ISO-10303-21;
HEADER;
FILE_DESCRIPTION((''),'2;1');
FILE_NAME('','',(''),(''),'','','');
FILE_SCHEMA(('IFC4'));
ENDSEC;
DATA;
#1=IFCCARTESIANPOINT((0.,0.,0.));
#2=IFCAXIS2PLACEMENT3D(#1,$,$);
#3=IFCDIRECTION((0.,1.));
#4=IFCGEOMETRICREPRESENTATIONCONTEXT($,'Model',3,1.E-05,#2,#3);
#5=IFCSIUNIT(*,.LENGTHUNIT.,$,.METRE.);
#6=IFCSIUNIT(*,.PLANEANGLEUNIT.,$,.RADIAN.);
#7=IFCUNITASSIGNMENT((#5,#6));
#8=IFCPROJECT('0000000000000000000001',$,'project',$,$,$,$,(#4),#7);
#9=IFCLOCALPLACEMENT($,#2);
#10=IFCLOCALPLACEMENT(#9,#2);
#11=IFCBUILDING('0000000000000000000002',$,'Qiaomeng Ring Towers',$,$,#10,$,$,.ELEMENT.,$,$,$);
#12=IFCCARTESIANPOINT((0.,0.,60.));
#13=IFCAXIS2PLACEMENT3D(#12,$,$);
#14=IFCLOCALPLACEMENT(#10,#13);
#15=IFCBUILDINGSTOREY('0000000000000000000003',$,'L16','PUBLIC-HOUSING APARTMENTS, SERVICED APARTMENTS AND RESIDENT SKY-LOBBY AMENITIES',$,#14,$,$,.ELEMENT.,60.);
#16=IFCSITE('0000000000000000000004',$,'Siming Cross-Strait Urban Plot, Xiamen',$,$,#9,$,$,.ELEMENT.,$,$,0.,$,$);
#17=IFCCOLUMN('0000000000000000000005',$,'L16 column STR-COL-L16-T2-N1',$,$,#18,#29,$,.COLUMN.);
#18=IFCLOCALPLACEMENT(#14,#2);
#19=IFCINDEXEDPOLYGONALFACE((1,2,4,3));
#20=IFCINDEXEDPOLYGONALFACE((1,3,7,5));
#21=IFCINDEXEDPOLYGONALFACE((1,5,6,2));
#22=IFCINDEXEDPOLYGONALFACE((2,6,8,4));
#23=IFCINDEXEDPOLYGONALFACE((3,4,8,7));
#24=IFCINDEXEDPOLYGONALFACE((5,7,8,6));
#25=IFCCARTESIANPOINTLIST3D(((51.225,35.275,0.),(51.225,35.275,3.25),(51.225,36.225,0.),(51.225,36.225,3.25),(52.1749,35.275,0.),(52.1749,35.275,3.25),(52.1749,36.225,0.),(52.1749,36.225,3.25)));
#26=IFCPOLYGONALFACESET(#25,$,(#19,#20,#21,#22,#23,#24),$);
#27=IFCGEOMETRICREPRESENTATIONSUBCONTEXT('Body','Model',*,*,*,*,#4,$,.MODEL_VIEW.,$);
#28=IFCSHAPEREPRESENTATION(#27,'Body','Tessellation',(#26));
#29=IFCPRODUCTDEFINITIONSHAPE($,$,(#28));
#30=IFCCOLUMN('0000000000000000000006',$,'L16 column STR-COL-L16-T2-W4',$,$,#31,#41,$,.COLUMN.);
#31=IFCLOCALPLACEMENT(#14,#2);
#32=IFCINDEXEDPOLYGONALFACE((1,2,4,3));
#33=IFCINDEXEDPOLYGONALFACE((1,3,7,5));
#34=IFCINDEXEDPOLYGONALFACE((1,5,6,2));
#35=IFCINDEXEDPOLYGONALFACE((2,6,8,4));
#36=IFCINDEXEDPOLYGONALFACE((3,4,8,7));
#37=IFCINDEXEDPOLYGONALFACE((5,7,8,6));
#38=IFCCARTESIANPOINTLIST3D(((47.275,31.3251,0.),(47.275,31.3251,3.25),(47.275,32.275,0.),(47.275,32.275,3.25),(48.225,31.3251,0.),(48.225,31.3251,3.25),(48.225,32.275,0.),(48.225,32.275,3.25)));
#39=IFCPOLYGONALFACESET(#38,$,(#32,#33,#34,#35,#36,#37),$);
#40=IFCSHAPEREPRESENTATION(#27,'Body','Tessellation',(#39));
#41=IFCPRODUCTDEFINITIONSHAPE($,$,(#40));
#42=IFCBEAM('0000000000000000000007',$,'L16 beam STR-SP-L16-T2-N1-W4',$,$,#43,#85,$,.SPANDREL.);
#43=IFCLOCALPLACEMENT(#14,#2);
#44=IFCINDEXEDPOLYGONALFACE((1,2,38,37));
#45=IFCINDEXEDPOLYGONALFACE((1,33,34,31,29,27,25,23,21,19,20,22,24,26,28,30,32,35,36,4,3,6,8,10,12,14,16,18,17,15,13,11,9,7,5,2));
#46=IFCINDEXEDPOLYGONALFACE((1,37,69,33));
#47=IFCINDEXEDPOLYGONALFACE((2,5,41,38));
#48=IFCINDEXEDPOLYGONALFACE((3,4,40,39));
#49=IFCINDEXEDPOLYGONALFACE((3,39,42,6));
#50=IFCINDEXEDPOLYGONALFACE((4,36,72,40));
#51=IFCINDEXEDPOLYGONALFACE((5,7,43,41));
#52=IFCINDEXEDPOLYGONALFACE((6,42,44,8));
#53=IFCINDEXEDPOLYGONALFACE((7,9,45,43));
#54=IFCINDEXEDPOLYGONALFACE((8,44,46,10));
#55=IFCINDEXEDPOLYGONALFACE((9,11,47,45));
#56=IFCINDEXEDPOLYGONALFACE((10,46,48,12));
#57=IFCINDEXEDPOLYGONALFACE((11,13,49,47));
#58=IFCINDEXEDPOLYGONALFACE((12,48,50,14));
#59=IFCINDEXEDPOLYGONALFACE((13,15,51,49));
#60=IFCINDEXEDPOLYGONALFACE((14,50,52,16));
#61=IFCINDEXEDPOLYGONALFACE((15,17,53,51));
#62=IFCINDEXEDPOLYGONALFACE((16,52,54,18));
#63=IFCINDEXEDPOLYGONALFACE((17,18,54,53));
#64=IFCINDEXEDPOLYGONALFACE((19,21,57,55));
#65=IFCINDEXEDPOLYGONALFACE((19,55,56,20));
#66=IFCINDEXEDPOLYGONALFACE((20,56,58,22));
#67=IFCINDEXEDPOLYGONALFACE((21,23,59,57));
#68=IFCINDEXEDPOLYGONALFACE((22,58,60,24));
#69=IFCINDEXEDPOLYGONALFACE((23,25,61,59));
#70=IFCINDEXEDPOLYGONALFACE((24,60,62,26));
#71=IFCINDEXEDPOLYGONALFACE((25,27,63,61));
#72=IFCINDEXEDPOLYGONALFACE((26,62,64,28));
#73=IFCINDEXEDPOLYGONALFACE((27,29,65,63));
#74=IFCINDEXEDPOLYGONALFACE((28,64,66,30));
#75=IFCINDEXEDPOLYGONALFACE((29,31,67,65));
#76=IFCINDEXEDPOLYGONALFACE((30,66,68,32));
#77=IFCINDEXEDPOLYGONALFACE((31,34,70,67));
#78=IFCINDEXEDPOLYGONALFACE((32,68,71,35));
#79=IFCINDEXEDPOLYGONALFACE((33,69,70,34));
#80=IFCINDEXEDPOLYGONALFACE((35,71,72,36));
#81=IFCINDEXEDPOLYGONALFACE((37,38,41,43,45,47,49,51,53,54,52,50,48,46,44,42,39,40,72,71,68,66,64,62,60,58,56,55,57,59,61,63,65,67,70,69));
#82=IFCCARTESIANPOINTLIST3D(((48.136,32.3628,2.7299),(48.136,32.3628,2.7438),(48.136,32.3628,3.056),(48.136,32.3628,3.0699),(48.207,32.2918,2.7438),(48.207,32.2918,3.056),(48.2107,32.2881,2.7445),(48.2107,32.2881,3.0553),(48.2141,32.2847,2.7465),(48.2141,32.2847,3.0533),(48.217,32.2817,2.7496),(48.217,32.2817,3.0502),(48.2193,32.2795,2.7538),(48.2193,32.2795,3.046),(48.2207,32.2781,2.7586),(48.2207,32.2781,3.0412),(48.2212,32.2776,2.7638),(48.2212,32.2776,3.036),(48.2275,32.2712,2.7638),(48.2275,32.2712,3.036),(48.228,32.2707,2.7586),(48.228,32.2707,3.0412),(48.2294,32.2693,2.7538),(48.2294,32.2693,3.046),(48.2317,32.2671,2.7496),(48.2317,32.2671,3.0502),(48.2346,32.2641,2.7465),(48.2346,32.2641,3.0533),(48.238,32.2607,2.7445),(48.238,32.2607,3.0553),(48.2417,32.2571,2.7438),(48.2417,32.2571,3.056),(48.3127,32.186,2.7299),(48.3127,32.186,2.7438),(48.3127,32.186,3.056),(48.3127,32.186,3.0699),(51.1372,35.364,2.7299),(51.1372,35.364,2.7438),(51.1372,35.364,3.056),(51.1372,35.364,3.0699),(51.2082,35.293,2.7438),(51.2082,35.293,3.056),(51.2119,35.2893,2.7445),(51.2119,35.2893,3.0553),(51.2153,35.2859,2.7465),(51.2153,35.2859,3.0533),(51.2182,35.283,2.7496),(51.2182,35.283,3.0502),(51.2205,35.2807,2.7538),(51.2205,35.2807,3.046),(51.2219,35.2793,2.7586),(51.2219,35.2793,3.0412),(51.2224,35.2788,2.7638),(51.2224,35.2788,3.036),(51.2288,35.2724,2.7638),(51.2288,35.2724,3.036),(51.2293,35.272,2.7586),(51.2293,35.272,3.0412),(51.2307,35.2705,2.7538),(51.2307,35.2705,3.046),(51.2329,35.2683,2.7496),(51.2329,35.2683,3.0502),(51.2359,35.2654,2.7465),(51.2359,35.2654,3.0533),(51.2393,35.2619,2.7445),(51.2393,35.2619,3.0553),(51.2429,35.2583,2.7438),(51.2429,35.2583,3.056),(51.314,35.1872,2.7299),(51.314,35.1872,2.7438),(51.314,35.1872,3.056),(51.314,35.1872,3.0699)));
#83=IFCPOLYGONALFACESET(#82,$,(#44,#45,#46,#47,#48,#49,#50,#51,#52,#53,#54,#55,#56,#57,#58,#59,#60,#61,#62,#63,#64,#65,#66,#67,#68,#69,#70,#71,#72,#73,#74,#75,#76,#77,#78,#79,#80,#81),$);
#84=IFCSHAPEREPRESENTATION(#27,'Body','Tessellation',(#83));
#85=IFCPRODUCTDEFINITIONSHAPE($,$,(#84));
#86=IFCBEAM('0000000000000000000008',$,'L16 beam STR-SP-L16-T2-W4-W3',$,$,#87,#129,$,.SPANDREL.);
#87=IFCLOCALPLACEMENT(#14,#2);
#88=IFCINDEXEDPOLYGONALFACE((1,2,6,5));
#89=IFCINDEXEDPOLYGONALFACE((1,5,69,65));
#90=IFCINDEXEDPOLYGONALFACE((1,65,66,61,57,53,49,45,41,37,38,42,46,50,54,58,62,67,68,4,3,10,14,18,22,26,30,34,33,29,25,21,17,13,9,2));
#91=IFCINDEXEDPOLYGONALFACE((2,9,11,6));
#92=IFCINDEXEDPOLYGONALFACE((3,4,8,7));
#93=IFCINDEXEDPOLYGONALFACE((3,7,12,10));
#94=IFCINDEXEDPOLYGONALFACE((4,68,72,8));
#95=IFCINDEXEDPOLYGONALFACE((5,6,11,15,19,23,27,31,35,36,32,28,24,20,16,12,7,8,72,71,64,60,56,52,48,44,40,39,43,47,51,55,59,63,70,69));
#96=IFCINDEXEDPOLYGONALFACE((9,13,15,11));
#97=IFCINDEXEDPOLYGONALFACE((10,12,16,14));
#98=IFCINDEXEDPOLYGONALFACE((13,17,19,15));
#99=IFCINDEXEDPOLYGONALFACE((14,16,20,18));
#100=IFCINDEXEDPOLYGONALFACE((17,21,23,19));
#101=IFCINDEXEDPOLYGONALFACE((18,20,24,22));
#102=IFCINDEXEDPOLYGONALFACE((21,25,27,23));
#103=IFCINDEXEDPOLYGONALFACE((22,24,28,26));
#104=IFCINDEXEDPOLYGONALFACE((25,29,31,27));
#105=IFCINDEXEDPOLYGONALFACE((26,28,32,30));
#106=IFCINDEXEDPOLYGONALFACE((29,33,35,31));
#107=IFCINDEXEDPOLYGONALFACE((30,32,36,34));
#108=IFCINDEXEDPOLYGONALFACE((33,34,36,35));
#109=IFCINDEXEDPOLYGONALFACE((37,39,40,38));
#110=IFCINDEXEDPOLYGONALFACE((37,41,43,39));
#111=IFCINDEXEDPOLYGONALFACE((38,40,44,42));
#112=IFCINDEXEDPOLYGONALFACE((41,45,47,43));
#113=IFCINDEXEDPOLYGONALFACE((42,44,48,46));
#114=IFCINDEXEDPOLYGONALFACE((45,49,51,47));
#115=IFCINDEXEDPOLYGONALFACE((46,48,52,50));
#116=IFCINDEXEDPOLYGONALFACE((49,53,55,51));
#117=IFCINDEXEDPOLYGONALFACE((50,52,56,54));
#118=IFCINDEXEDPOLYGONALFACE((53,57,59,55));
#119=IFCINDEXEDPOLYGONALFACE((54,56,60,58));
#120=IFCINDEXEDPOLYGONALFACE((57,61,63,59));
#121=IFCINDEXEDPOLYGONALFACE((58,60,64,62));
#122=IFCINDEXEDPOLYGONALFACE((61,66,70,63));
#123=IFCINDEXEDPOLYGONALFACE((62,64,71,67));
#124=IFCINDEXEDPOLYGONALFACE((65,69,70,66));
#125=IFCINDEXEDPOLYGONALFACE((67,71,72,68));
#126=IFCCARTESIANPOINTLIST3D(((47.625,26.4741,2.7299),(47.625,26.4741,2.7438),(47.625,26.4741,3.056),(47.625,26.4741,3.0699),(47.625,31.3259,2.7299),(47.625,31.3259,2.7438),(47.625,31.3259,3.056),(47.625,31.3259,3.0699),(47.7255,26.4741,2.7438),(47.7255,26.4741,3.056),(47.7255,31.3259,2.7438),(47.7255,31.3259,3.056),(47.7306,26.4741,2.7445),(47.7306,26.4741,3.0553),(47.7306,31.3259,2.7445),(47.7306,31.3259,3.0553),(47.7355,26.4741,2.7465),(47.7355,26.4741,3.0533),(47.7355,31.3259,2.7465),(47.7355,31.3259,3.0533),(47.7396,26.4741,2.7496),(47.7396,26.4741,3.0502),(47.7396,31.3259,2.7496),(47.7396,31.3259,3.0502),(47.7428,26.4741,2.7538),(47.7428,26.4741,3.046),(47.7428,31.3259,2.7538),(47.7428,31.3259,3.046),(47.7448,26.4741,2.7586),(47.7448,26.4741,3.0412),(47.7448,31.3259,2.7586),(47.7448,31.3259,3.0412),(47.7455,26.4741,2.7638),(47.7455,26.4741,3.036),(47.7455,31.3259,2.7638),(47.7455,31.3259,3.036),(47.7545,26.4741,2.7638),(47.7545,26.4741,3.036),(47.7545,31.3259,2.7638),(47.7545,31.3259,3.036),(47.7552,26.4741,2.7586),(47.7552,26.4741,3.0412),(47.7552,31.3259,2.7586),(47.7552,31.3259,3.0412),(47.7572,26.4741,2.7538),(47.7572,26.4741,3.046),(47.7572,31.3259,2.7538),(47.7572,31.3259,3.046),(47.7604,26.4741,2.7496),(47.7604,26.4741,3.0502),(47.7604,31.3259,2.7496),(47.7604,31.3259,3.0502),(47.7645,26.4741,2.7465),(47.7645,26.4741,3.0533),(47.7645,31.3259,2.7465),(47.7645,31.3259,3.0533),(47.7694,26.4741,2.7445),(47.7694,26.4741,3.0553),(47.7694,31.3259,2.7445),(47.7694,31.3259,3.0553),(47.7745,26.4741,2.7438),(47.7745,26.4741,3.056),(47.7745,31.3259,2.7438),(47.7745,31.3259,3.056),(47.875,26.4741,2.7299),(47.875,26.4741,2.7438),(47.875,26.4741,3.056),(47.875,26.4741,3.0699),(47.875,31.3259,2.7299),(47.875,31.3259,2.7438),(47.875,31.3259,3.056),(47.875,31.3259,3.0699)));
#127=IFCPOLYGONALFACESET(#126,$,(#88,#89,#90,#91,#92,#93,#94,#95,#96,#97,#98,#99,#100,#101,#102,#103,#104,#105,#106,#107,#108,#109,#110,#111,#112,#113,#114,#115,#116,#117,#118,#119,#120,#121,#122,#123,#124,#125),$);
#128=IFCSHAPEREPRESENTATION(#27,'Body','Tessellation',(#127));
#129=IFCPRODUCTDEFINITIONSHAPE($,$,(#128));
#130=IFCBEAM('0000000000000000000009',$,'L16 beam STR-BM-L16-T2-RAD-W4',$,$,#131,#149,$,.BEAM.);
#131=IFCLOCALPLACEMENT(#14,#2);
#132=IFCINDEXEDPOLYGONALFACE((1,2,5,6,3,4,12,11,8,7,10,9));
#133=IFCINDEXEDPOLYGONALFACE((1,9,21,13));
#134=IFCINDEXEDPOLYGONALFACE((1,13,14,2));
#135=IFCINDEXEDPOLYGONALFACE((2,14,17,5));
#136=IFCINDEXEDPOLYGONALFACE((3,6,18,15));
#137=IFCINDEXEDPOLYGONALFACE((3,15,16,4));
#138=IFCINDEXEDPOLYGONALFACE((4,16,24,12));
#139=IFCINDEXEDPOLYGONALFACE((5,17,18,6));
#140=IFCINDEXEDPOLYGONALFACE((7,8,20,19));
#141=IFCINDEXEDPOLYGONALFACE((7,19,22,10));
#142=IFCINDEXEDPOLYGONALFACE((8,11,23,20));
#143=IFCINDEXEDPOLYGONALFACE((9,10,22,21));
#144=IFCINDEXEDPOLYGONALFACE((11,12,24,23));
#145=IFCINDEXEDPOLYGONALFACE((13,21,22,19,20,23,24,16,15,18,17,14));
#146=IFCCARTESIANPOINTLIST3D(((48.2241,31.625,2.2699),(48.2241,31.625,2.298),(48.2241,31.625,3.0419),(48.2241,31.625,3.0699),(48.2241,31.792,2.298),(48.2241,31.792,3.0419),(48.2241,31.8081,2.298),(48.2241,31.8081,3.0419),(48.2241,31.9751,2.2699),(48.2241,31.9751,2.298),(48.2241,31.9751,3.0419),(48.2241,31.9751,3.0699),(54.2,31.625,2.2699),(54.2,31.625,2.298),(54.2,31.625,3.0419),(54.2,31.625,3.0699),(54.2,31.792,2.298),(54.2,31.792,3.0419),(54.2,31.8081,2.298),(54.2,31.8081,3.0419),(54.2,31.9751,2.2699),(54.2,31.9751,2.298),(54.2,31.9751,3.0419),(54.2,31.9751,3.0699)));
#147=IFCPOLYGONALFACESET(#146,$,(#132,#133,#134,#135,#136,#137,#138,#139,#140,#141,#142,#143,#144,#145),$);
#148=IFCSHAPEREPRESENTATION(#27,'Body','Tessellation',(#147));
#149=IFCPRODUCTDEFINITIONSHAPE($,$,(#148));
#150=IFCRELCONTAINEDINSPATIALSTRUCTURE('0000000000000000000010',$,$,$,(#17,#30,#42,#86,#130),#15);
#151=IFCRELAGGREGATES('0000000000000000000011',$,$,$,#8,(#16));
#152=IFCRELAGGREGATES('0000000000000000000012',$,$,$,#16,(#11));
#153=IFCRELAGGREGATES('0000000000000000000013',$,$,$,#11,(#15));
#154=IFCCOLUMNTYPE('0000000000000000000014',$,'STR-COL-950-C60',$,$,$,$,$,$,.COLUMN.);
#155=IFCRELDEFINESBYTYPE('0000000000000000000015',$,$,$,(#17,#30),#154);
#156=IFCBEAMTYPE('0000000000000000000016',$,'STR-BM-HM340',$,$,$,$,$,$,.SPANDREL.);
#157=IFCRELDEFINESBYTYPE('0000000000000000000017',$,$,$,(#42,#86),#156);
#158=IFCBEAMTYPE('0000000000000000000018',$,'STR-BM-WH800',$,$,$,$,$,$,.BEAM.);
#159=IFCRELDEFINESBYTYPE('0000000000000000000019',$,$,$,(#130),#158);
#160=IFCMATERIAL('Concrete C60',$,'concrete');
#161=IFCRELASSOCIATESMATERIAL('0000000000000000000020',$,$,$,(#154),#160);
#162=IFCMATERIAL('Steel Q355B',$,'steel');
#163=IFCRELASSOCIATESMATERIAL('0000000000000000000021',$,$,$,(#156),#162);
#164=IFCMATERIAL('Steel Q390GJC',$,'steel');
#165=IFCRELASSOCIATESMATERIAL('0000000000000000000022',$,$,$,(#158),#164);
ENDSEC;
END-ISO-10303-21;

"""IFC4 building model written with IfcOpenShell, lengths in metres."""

from ifc_helpers import new_model, si_unit, direction, frame, origin, origin_2d, place, context, subcontext, project, spatial, rectangle, i_section, extrude, source, transform, mapped, material, material_profile, profile_set, type_object, element, save


model = new_model("IFC4")

# Units and contexts
model_context = context("Model", 3, precision=1e-05, world=origin(), true_north=direction((0.0, 1.0)))
body_context = subcontext(model_context, "Body", "Model", "MODEL_VIEW")
ifc_project = project(units=[si_unit("LENGTHUNIT", "METRE"), si_unit("PLANEANGLEUNIT", "RADIAN")], contexts=[model_context])

# Site, building, storey
site_placement = place(None, origin())
site = spatial("IfcSite", under=ifc_project, at=site_placement, Name="Siming Cross-Strait Urban Plot, Xiamen", CompositionType="ELEMENT", RefElevation=0.0)
building_placement = place(site_placement, origin())
building = spatial("IfcBuilding", under=site, at=building_placement, Name="Qiaomeng Ring Towers", CompositionType="ELEMENT")
storey_placement = place(building_placement, frame((0.0, 0.0, 60.0)))
storey = spatial("IfcBuildingStorey", under=building, at=storey_placement, Name="L16", Description="PUBLIC-HOUSING APARTMENTS, SERVICED APARTMENTS AND RESIDENT SKY-LOBBY AMENITIES", CompositionType="ELEMENT", Elevation=60.0)

# Columns
ifc_material_1 = material(Name="Concrete C60", Category="concrete")
ifc_material_profile_1 = material_profile(ifc_material_1, rectangle(XDim=0.95, YDim=0.95, at=origin_2d()), Name="RC COL 950x950")
ifc_profile_set_1 = profile_set([ifc_material_profile_1], Name="Concrete C60")
column_type = type_object("IfcColumnType", Name="STR-COL-950-C60", PredefinedType="COLUMN", material=ifc_profile_set_1)
shared_shape_1 = source(origin(), body_context, "Body", "SweptSolid", [
    extrude(rectangle(XDim=0.95, YDim=0.95, at=origin_2d()), origin(), (0.0, 0.0, 1.0), 3.25),
])
for number, where, z_axis, x_axis, name in (
    (1, (51.7, 35.75, 0.0), (0.0, 0.0, 1.0), (1.0, 0.0, 0.0), "L16 column STR-COL-L16-T2-N1"),
    (2, (47.75, 31.8, 0.0), (0.0, 0.0, 1.0), (1.0, 0.0, 0.0), "L16 column STR-COL-L16-T2-W4"),
):
    element("IfcColumn", number, at=place(storey_placement, frame(where, z_axis=z_axis, x_axis=x_axis)), inside=storey, type_object=column_type, Name=name, PredefinedType="COLUMN", context=body_context, shape_type="MappedRepresentation", body=[
        mapped(shared_shape_1, transform((0.0, 0.0, 0.0), x_axis=(1.0, 0.0, 0.0), y_axis=(0.0, 1.0, 0.0), z_axis=(0.0, 0.0, 1.0), scale=1.0)),
    ])

# Beams
ifc_material_2 = material(Name="Steel Q355B", Category="steel")
ifc_material_profile_2 = material_profile(ifc_material_2, i_section(OverallWidth=0.25, OverallDepth=0.3401, WebThickness=0.009, FlangeThickness=0.0139, FilletRadius=0.02, at=origin_2d()), Name="HM 340x250x9x14")
ifc_profile_set_2 = profile_set([ifc_material_profile_2], Name="Steel Q355B")
beam_type_1 = type_object("IfcBeamType", Name="STR-BM-HM340", PredefinedType="SPANDREL", material=ifc_profile_set_2)
shared_shape_2 = source(origin(), body_context, "Body", "SweptSolid", [
    extrude(i_section(OverallWidth=0.25, OverallDepth=0.3401, WebThickness=0.009, FlangeThickness=0.0139, FilletRadius=0.02, at=origin_2d()), origin(), (0.0, 0.0, 1.0), 4.2444),
])
beam_1_placement = place(storey_placement, frame((51.2256, 35.2756, 2.8999), z_axis=(-0.707107, -0.707107, 0.0), x_axis=(0.707107, -0.707107, 0.0)))
element("IfcBeam", 3, at=beam_1_placement, inside=storey, type_object=beam_type_1, Name="L16 beam STR-SP-L16-T2-N1-W4", PredefinedType="SPANDREL", context=body_context, shape_type="MappedRepresentation", body=[
    mapped(shared_shape_2, transform((0.0, 0.0, 0.0), x_axis=(1.0, 0.0, 0.0), y_axis=(0.0, 1.0, 0.0), z_axis=(0.0, 0.0, 1.0), scale=1.0)),
])
shared_shape_3 = source(origin(), body_context, "Body", "SweptSolid", [
    extrude(i_section(OverallWidth=0.25, OverallDepth=0.3401, WebThickness=0.009, FlangeThickness=0.0139, FilletRadius=0.02, at=origin_2d()), origin(), (0.0, 0.0, 1.0), 4.8518),
])
beam_2_placement = place(storey_placement, frame((47.75, 31.3259, 2.8999), z_axis=(0.0, -1.0, 0.0), x_axis=(1.0, 0.0, 0.0)))
element("IfcBeam", 4, at=beam_2_placement, inside=storey, type_object=beam_type_1, Name="L16 beam STR-SP-L16-T2-W4-W3", PredefinedType="SPANDREL", context=body_context, shape_type="MappedRepresentation", body=[
    mapped(shared_shape_3, transform((0.0, 0.0, 0.0), x_axis=(1.0, 0.0, 0.0), y_axis=(0.0, 1.0, 0.0), z_axis=(0.0, 0.0, 1.0), scale=1.0)),
])
ifc_material_3 = material(Name="Steel Q390GJC", Category="steel")
ifc_material_profile_3 = material_profile(ifc_material_3, i_section(OverallWidth=0.3501, OverallDepth=0.8, WebThickness=0.0161, FlangeThickness=0.0281, at=origin_2d()), Name="WH 800x350x16x28")
ifc_profile_set_3 = profile_set([ifc_material_profile_3], Name="Steel Q390GJC")
beam_type_2 = type_object("IfcBeamType", Name="STR-BM-WH800", PredefinedType="BEAM", material=ifc_profile_set_3)
shared_shape_4 = source(origin(), body_context, "Body", "SweptSolid", [
    extrude(i_section(OverallWidth=0.3501, OverallDepth=0.8, WebThickness=0.0161, FlangeThickness=0.0281, at=origin_2d()), origin(), (0.0, 0.0, 1.0), 5.9758),
])
beam_3_placement = place(storey_placement, frame((48.2241, 31.8, 2.6699), z_axis=(1.0, 0.0, 0.0), x_axis=(0.0, 1.0, 0.0)))
element("IfcBeam", 5, at=beam_3_placement, inside=storey, type_object=beam_type_2, Name="L16 beam STR-BM-L16-T2-RAD-W4", PredefinedType="BEAM", context=body_context, shape_type="MappedRepresentation", body=[
    mapped(shared_shape_4, transform((0.0, 0.0, 0.0), x_axis=(1.0, 0.0, 0.0), y_axis=(0.0, 1.0, 0.0), z_axis=(0.0, 0.0, 1.0), scale=1.0)),
])

save(model, "model.ifc")
